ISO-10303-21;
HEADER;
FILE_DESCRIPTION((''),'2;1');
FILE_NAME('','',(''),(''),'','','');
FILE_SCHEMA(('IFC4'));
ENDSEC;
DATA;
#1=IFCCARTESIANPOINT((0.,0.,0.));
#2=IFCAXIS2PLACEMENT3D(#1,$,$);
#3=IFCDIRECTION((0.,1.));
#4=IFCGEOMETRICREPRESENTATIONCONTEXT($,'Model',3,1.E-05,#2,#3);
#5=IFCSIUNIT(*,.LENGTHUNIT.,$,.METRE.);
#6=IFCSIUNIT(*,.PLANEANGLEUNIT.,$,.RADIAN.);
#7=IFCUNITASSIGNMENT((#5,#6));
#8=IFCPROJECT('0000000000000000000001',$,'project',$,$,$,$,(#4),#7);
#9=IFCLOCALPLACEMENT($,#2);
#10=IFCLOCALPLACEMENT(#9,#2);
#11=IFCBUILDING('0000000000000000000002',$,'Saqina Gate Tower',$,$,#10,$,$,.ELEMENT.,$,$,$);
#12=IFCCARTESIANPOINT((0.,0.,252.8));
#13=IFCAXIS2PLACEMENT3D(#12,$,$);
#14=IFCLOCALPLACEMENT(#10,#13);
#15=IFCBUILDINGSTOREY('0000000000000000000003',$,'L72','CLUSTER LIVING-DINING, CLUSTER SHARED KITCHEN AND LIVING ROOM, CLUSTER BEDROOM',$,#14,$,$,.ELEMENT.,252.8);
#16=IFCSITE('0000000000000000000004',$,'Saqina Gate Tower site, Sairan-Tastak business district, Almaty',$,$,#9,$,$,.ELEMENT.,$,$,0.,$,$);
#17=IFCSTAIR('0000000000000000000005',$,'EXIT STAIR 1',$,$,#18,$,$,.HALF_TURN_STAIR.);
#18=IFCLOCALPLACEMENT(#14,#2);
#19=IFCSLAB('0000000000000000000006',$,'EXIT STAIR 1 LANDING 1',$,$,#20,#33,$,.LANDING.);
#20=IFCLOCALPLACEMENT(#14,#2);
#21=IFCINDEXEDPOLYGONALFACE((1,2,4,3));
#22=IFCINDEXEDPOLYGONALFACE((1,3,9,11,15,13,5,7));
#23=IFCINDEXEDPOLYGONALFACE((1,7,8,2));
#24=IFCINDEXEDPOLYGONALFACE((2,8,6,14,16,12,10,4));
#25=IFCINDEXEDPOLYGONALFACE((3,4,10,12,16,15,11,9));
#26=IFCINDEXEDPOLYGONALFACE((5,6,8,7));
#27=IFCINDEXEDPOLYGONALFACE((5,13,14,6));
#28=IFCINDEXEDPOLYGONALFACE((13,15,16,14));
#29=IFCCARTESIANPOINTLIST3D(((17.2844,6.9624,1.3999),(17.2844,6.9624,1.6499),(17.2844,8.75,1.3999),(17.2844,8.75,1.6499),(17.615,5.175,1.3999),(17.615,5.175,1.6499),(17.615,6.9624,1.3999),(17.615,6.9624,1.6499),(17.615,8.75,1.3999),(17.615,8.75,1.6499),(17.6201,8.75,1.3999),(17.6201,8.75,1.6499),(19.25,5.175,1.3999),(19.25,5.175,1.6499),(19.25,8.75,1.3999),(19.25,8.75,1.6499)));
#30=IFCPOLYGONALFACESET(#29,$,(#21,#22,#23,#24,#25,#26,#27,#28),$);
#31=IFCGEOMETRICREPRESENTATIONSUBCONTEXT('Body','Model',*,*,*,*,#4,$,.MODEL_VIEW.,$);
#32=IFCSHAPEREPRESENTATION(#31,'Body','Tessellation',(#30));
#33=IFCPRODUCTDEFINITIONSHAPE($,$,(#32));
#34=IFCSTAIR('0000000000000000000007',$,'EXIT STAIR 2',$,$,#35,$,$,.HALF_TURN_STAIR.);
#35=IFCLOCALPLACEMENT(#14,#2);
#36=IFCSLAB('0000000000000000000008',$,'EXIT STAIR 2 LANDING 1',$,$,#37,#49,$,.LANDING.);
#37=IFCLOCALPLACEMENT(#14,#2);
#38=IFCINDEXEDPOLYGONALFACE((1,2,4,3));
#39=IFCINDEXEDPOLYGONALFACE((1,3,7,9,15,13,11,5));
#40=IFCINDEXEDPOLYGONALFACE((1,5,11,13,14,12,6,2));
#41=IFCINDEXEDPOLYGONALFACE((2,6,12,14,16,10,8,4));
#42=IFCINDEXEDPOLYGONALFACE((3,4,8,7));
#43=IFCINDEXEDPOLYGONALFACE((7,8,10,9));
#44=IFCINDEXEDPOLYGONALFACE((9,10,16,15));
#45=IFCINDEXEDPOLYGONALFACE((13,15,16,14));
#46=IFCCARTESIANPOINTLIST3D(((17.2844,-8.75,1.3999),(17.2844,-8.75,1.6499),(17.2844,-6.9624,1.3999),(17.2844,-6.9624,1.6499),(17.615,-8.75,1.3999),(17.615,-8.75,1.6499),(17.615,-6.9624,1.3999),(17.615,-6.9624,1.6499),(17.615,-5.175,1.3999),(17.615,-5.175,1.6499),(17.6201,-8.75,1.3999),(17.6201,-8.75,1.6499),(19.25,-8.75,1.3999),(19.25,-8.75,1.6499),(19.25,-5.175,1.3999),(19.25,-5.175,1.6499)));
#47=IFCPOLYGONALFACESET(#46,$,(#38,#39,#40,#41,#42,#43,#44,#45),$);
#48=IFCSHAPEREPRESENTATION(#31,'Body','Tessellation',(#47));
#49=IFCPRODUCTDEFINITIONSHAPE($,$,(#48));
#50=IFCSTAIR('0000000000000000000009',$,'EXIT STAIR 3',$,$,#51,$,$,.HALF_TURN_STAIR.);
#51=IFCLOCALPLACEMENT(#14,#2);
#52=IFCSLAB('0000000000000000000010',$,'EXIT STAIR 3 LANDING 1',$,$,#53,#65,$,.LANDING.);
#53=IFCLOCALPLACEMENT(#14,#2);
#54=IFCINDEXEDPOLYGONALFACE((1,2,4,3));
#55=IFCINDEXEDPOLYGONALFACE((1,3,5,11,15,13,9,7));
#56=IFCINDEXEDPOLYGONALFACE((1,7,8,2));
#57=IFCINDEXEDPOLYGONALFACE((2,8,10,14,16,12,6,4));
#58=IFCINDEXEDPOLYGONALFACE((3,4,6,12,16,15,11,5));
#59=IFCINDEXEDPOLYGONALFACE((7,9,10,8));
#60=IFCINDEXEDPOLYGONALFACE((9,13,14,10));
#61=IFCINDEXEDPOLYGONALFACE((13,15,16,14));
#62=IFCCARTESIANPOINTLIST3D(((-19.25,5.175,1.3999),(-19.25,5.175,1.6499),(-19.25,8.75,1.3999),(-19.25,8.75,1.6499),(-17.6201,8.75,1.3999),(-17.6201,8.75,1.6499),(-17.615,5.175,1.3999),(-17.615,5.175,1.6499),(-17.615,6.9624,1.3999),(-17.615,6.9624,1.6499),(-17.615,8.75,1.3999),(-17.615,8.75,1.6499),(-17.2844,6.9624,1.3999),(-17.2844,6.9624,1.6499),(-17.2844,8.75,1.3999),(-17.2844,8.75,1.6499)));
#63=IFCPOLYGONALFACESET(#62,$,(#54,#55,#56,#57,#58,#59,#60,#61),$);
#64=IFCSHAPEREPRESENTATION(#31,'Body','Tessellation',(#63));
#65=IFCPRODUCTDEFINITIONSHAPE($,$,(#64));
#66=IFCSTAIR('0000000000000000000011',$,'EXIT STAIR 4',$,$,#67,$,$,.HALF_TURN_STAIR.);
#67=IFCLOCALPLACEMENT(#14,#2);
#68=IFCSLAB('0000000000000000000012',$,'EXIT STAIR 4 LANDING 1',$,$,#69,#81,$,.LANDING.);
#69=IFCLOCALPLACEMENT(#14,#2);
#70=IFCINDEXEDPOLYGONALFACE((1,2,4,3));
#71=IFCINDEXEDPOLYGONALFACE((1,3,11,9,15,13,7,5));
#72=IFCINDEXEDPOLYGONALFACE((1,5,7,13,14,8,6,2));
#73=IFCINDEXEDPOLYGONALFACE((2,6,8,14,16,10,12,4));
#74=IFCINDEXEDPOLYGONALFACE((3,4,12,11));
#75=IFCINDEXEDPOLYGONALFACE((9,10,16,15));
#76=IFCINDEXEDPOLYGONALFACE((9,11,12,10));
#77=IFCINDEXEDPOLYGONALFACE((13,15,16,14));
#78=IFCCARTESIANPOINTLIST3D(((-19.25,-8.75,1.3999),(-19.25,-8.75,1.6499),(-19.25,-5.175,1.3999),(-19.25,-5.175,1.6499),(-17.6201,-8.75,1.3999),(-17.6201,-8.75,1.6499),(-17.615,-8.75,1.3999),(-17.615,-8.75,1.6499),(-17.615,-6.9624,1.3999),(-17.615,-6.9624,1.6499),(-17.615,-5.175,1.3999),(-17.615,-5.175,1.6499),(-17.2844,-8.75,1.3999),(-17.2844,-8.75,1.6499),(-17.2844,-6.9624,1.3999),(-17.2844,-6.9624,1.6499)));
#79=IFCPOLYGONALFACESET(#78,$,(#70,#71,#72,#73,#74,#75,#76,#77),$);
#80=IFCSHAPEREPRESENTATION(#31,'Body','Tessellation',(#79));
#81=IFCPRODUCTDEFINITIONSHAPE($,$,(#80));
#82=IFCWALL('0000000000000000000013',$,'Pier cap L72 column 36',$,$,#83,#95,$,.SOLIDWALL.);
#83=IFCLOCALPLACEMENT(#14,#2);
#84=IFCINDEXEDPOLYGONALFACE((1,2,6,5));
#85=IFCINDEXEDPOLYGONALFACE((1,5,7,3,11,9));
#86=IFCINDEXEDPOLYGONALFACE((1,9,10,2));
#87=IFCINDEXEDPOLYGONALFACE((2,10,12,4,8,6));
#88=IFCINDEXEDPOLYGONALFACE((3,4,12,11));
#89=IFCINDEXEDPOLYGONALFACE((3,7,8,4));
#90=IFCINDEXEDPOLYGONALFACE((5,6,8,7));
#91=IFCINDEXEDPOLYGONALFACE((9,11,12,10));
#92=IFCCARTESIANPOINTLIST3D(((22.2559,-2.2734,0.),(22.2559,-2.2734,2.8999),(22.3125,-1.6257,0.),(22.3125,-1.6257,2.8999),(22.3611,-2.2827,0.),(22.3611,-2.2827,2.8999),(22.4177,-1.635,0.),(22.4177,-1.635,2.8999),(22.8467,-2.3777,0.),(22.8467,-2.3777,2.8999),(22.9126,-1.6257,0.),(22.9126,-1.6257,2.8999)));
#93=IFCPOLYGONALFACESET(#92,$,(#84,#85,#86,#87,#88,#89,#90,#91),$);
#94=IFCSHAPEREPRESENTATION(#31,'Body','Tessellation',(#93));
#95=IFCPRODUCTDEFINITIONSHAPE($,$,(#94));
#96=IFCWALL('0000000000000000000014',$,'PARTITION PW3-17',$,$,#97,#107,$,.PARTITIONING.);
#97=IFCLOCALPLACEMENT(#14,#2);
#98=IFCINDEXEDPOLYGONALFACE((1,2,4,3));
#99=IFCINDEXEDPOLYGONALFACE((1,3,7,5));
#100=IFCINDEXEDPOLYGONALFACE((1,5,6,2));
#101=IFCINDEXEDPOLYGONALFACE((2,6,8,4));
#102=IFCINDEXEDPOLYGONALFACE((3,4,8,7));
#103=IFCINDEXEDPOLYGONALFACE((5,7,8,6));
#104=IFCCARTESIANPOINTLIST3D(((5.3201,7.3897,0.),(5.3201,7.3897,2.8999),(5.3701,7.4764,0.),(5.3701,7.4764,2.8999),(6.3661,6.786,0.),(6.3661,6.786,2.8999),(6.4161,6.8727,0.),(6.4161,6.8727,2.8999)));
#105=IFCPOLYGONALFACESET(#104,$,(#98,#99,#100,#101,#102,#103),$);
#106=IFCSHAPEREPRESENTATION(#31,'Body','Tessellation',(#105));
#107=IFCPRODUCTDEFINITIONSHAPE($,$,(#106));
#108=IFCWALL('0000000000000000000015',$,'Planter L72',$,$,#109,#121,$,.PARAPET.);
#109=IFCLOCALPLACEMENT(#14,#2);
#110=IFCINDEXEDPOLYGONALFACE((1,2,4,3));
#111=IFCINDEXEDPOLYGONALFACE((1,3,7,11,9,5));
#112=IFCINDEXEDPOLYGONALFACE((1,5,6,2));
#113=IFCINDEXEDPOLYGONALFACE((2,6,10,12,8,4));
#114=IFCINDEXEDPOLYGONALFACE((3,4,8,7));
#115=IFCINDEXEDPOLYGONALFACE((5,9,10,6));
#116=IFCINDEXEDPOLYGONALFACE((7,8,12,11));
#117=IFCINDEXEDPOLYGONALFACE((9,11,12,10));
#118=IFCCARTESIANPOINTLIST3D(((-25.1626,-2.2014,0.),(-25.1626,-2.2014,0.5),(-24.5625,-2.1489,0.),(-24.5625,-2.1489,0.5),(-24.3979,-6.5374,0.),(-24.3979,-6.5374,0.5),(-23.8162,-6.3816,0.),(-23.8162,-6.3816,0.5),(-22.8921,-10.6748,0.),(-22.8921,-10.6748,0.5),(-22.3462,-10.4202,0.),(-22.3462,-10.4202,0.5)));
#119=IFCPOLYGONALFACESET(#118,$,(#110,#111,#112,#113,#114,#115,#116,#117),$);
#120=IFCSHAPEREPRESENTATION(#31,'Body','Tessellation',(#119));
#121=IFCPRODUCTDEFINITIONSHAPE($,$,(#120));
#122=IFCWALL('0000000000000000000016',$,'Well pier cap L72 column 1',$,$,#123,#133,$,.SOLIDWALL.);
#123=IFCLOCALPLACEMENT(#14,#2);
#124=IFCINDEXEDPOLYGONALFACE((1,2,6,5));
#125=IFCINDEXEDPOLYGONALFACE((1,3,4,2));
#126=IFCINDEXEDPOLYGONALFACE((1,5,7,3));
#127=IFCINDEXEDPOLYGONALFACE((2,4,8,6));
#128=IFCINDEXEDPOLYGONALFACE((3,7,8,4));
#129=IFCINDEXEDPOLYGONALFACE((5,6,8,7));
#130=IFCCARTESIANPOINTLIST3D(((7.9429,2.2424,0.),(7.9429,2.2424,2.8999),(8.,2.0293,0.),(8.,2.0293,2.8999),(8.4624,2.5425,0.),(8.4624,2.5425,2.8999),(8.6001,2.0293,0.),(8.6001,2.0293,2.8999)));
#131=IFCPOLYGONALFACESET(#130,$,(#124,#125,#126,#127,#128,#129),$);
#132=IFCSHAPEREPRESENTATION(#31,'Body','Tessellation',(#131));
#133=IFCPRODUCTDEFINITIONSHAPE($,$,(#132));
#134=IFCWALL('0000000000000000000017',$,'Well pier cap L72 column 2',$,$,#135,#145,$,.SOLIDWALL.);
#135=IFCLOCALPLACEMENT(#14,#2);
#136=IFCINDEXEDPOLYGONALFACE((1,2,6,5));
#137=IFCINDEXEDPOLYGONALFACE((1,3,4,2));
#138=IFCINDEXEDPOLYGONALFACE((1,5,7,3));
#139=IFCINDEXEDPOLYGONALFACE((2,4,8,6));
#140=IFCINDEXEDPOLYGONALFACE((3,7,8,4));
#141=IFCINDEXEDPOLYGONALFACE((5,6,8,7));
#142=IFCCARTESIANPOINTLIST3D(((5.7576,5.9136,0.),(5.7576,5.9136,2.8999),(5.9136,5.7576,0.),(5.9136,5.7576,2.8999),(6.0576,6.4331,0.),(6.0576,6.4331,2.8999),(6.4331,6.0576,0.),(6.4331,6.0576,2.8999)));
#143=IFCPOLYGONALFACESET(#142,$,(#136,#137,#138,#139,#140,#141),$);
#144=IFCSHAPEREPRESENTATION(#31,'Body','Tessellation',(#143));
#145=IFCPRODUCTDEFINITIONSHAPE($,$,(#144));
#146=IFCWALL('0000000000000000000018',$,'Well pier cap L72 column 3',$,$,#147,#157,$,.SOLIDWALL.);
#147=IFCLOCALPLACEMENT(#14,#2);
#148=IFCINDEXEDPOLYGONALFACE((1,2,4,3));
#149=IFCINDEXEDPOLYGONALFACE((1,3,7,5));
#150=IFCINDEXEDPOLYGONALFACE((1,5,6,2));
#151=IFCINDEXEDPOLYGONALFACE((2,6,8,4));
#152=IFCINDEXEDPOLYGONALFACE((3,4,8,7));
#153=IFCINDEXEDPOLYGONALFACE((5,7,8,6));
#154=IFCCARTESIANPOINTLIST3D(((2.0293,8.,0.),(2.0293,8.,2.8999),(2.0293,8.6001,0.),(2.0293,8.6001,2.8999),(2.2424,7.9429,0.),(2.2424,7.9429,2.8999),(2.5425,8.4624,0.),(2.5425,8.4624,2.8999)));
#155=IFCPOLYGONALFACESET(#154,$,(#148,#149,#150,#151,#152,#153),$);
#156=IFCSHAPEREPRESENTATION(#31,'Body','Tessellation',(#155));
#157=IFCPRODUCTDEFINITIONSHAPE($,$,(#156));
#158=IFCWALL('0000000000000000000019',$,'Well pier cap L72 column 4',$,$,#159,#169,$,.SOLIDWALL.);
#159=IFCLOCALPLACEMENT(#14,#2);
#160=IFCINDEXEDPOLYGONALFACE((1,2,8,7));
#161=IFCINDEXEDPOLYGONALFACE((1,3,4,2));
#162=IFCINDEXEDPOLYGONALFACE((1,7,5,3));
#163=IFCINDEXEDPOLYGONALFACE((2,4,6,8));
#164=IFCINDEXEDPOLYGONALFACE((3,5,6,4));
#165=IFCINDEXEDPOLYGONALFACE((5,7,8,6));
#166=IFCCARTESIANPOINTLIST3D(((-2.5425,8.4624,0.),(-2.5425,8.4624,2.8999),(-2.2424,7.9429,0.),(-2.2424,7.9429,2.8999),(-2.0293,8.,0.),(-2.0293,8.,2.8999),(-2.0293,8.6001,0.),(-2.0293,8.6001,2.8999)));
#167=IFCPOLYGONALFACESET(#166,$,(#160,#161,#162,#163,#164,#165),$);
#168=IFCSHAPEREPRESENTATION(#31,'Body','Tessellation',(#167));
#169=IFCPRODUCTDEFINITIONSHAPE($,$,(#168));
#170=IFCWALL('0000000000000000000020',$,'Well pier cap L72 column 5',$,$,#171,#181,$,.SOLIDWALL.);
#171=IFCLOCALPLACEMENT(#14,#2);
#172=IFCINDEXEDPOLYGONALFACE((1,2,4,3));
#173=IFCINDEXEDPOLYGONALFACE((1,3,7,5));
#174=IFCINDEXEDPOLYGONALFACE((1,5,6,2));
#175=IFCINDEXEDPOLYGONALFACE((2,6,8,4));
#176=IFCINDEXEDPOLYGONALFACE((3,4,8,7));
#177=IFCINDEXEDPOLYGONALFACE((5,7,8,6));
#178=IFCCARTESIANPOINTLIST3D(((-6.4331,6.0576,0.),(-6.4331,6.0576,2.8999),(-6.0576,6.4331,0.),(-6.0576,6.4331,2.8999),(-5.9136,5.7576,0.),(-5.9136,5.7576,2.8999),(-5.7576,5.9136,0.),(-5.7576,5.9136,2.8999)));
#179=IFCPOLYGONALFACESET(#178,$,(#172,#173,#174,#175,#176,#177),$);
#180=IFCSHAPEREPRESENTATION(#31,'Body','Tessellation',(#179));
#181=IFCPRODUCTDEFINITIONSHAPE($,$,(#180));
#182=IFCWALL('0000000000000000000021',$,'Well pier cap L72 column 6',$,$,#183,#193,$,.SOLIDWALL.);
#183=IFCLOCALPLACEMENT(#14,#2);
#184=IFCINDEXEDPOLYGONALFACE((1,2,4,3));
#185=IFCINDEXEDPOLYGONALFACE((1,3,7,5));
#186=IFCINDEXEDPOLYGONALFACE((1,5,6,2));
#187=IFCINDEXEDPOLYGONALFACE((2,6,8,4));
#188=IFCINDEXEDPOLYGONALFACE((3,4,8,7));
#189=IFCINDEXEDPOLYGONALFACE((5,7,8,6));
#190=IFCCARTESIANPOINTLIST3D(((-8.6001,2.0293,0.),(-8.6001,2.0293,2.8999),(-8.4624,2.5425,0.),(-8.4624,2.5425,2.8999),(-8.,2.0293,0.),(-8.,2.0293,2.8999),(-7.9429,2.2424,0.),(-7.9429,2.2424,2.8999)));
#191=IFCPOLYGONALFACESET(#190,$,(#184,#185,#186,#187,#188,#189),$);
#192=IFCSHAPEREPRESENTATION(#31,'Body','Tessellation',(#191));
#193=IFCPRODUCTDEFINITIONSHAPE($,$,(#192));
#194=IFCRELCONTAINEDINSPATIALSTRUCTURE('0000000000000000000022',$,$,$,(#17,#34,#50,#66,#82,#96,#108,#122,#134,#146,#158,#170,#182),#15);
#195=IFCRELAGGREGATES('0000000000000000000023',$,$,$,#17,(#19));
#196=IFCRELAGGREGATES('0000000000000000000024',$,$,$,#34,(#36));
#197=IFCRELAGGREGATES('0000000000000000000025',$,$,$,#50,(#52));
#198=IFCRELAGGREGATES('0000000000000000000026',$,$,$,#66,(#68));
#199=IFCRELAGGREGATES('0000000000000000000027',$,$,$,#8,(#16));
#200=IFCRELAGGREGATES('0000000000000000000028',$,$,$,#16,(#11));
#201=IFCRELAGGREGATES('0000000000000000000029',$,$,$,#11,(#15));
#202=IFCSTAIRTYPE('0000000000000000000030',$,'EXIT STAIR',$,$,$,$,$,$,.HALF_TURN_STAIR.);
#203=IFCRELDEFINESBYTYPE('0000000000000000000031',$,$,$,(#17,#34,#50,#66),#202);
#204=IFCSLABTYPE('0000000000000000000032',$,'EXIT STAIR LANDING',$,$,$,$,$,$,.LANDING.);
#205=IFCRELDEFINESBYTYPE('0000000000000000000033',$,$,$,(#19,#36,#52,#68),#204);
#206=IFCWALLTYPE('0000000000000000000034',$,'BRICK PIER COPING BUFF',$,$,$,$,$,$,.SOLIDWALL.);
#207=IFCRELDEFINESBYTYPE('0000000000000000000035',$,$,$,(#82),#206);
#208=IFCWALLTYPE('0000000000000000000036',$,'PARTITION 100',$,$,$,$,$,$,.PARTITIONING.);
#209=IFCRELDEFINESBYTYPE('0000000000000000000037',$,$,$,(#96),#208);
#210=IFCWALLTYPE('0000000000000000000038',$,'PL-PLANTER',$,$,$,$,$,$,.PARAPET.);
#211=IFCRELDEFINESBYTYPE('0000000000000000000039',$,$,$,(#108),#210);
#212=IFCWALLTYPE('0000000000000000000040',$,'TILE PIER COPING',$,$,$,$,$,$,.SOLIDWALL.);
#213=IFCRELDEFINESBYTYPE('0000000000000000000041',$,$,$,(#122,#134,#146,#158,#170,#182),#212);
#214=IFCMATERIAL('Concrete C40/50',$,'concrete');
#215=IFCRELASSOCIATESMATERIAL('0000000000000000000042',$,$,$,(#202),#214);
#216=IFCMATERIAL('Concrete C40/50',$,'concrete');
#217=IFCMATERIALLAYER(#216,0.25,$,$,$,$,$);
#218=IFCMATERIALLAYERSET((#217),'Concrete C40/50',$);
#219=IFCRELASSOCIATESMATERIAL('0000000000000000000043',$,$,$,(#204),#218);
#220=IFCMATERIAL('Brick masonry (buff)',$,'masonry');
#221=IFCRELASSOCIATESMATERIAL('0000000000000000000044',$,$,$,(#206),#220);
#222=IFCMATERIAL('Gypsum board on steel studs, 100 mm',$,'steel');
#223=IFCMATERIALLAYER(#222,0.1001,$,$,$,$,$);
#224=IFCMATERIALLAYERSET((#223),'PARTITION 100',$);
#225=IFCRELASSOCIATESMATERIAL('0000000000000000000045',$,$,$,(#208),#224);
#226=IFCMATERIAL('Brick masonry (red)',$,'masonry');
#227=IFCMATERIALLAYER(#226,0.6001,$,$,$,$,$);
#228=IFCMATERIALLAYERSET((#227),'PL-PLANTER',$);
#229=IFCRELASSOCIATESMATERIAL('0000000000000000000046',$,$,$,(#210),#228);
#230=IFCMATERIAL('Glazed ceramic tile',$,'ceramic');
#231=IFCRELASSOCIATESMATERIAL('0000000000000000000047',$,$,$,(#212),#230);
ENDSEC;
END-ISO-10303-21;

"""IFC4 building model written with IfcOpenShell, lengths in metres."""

from ifc_helpers import new_model, si_unit, direction, frame, frame_2d, origin, place, context, subcontext, project, spatial, polyline, rectangle, outline, extrude, material, layer, layer_set, type_object, element, aggregate, save


model = new_model("IFC4")

# Units and contexts
model_context = context("Model", 3, precision=1e-05, world=origin(), true_north=direction((0.0, 1.0)))
body_context = subcontext(model_context, "Body", "Model", "MODEL_VIEW")
ifc_project = project(units=[si_unit("LENGTHUNIT", "METRE"), si_unit("PLANEANGLEUNIT", "RADIAN")], contexts=[model_context])

# Site, building, storey
site_placement = place(None, origin())
site = spatial("IfcSite", under=ifc_project, at=site_placement, Name="Saqina Gate Tower site, Sairan-Tastak business district, Almaty", CompositionType="ELEMENT", RefElevation=0.0)
building_placement = place(site_placement, origin())
building = spatial("IfcBuilding", under=site, at=building_placement, Name="Saqina Gate Tower", CompositionType="ELEMENT")
storey_placement = place(building_placement, frame((0.0, 0.0, 252.8)))
storey = spatial("IfcBuildingStorey", under=building, at=storey_placement, Name="L72", Description="CLUSTER LIVING-DINING, CLUSTER SHARED KITCHEN AND LIVING ROOM, CLUSTER BEDROOM", CompositionType="ELEMENT", Elevation=252.8)

# Stairs, slabs
ifc_material_1 = material(Name="Concrete C40/50", Category="concrete")
stair_type = type_object("IfcStairType", Name="EXIT STAIR", PredefinedType="HALF_TURN_STAIR", material=ifc_material_1)
stair_1_placement = place(storey_placement, origin())
stair_1 = element("IfcStair", 1, at=stair_1_placement, inside=storey, type_object=stair_type, Name="EXIT STAIR 1", PredefinedType="HALF_TURN_STAIR")
ifc_material_2 = material(Name="Concrete C40/50", Category="concrete")
ifc_layer_1 = layer(ifc_material_2, 0.25)
ifc_layer_set_1 = layer_set([ifc_layer_1], Name="Concrete C40/50")
slab_type = type_object("IfcSlabType", Name="EXIT STAIR LANDING", PredefinedType="LANDING", material=ifc_layer_set_1)
slab_1_placement = place(storey_placement, frame((0.0, 0.0, 1.3999)))
slab_1 = element("IfcSlab", 2, at=slab_1_placement, type_object=slab_type, Name="EXIT STAIR 1 LANDING 1", PredefinedType="LANDING", context=body_context, shape_type="SweptSolid", body=[
    extrude(outline(polyline([(19.25, 8.75), (19.25, 5.175), (17.615, 5.175), (17.615, 6.9624), (17.2844, 6.9624), (17.2844, 8.75), (17.615, 8.75), (17.6201, 8.75), (19.25, 8.75)])), origin(), (0.0, 0.0, 1.0), 0.25),
])
aggregate(stair_1, [slab_1])
stair_2_placement = place(storey_placement, origin())
stair_2 = element("IfcStair", 3, at=stair_2_placement, inside=storey, type_object=stair_type, Name="EXIT STAIR 2", PredefinedType="HALF_TURN_STAIR")
slab_2_placement = place(storey_placement, frame((0.0, 0.0, 1.3999)))
slab_2 = element("IfcSlab", 4, at=slab_2_placement, type_object=slab_type, Name="EXIT STAIR 2 LANDING 1", PredefinedType="LANDING", context=body_context, shape_type="SweptSolid", body=[
    extrude(outline(polyline([(17.2844, -8.75), (17.2844, -6.9624), (17.615, -6.9624), (17.615, -5.175), (19.25, -5.175), (19.25, -8.75), (17.6201, -8.75), (17.615, -8.75), (17.2844, -8.75)])), origin(), (0.0, 0.0, 1.0), 0.25),
])
aggregate(stair_2, [slab_2])
stair_3_placement = place(storey_placement, origin())
stair_3 = element("IfcStair", 5, at=stair_3_placement, inside=storey, type_object=stair_type, Name="EXIT STAIR 3", PredefinedType="HALF_TURN_STAIR")
slab_3_placement = place(storey_placement, frame((0.0, 0.0, 1.3999)))
slab_3 = element("IfcSlab", 6, at=slab_3_placement, type_object=slab_type, Name="EXIT STAIR 3 LANDING 1", PredefinedType="LANDING", context=body_context, shape_type="SweptSolid", body=[
    extrude(outline(polyline([(-17.615, 5.175), (-19.25, 5.175), (-19.25, 8.75), (-17.6201, 8.75), (-17.615, 8.75), (-17.2844, 8.75), (-17.2844, 6.9624), (-17.615, 6.9624), (-17.615, 5.175)])), origin(), (0.0, 0.0, 1.0), 0.25),
])
aggregate(stair_3, [slab_3])
stair_4_placement = place(storey_placement, origin())
stair_4 = element("IfcStair", 7, at=stair_4_placement, inside=storey, type_object=stair_type, Name="EXIT STAIR 4", PredefinedType="HALF_TURN_STAIR")
slab_4_placement = place(storey_placement, frame((0.0, 0.0, 1.3999)))
slab_4 = element("IfcSlab", 8, at=slab_4_placement, type_object=slab_type, Name="EXIT STAIR 4 LANDING 1", PredefinedType="LANDING", context=body_context, shape_type="SweptSolid", body=[
    extrude(outline(polyline([(-17.2844, -6.9624), (-17.2844, -8.75), (-17.615, -8.75), (-17.6201, -8.75), (-19.25, -8.75), (-19.25, -5.175), (-17.615, -5.175), (-17.615, -6.9624), (-17.2844, -6.9624)])), origin(), (0.0, 0.0, 1.0), 0.25),
])
aggregate(stair_4, [slab_4])

# Walls
ifc_material_3 = material(Name="Brick masonry (buff)", Category="masonry")
wall_type_1 = type_object("IfcWallType", Name="BRICK PIER COPING BUFF", PredefinedType="SOLIDWALL", material=ifc_material_3)
wall_1_placement = place(storey_placement, origin())
element("IfcWall", 9, at=wall_1_placement, inside=storey, type_object=wall_type_1, Name="Pier cap L72 column 36", PredefinedType="SOLIDWALL", context=body_context, shape_type="SweptSolid", body=[
    extrude(outline(polyline([(22.8467, -2.3777), (22.9126, -1.6257), (22.3125, -1.6257), (22.4177, -1.635), (22.3611, -2.2827), (22.2559, -2.2734), (22.8467, -2.3777)])), origin(), (0.0, 0.0, 1.0), 2.8999),
])
ifc_material_4 = material(Name="Gypsum board on steel studs, 100 mm", Category="steel")
ifc_layer_2 = layer(ifc_material_4, 0.1001)
ifc_layer_set_2 = layer_set([ifc_layer_2], Name="PARTITION 100")
wall_type_2 = type_object("IfcWallType", Name="PARTITION 100", PredefinedType="PARTITIONING", material=ifc_layer_set_2)
wall_2_placement = place(storey_placement, frame((5.345, 7.4331, 0.0), z_axis=(0.0, 0.0, 1.0), x_axis=(0.866108, -0.499857, 0.0)))
element("IfcWall", 10, at=wall_2_placement, inside=storey, type_object=wall_type_2, Name="PARTITION PW3-17", PredefinedType="PARTITIONING", context=body_context, shape_type="SweptSolid", body=[
    extrude(rectangle(XDim=1.2078, YDim=0.1001, at=frame_2d((0.604, 0.0))), origin(), (0.0, 0.0, 1.0), 2.8999),
])
ifc_material_5 = material(Name="Brick masonry (red)", Category="masonry")
ifc_layer_3 = layer(ifc_material_5, 0.6001)
ifc_layer_set_3 = layer_set([ifc_layer_3], Name="PL-PLANTER")
wall_type_3 = type_object("IfcWallType", Name="PL-PLANTER", PredefinedType="PARAPET", material=ifc_layer_set_3)
wall_3_placement = place(storey_placement, origin())
element("IfcWall", 11, at=wall_3_placement, inside=storey, type_object=wall_type_3, Name="Planter L72", PredefinedType="PARAPET", context=body_context, shape_type="SweptSolid", body=[
    extrude(outline(polyline([(-25.1626, -2.2014), (-24.3979, -6.5374), (-22.8921, -10.6748), (-22.3462, -10.4202), (-23.8162, -6.3816), (-24.5625, -2.1489), (-25.1626, -2.2014)])), origin(), (0.0, 0.0, 1.0), 0.5),
])
ifc_material_6 = material(Name="Glazed ceramic tile", Category="ceramic")
wall_type_4 = type_object("IfcWallType", Name="TILE PIER COPING", PredefinedType="SOLIDWALL", material=ifc_material_6)
wall_4_placement = place(storey_placement, origin())
element("IfcWall", 12, at=wall_4_placement, inside=storey, type_object=wall_type_4, Name="Well pier cap L72 column 1", PredefinedType="SOLIDWALL", context=body_context, shape_type="SweptSolid", body=[
    extrude(outline(polyline([(8.4624, 2.5425), (7.9429, 2.2424), (8.0, 2.0293), (8.6001, 2.0293), (8.4624, 2.5425)])), origin(), (0.0, 0.0, 1.0), 2.8999),
])
wall_5_placement = place(storey_placement, origin())
element("IfcWall", 13, at=wall_5_placement, inside=storey, type_object=wall_type_4, Name="Well pier cap L72 column 2", PredefinedType="SOLIDWALL", context=body_context, shape_type="SweptSolid", body=[
    extrude(outline(polyline([(6.0576, 6.4331), (5.7576, 5.9136), (5.9136, 5.7576), (6.4331, 6.0576), (6.0576, 6.4331)])), origin(), (0.0, 0.0, 1.0), 2.8999),
])
wall_6_placement = place(storey_placement, origin())
element("IfcWall", 14, at=wall_6_placement, inside=storey, type_object=wall_type_4, Name="Well pier cap L72 column 3", PredefinedType="SOLIDWALL", context=body_context, shape_type="SweptSolid", body=[
    extrude(outline(polyline([(2.0293, 8.6001), (2.0293, 8.0), (2.2424, 7.9429), (2.5425, 8.4624), (2.0293, 8.6001)])), origin(), (0.0, 0.0, 1.0), 2.8999),
])
wall_7_placement = place(storey_placement, origin())
element("IfcWall", 15, at=wall_7_placement, inside=storey, type_object=wall_type_4, Name="Well pier cap L72 column 4", PredefinedType="SOLIDWALL", context=body_context, shape_type="SweptSolid", body=[
    extrude(outline(polyline([(-2.5425, 8.4624), (-2.2424, 7.9429), (-2.0293, 8.0), (-2.0293, 8.6001), (-2.5425, 8.4624)])), origin(), (0.0, 0.0, 1.0), 2.8999),
])
wall_8_placement = place(storey_placement, origin())
element("IfcWall", 16, at=wall_8_placement, inside=storey, type_object=wall_type_4, Name="Well pier cap L72 column 5", PredefinedType="SOLIDWALL", context=body_context, shape_type="SweptSolid", body=[
    extrude(outline(polyline([(-6.4331, 6.0576), (-5.9136, 5.7576), (-5.7576, 5.9136), (-6.0576, 6.4331), (-6.4331, 6.0576)])), origin(), (0.0, 0.0, 1.0), 2.8999),
])
wall_9_placement = place(storey_placement, origin())
element("IfcWall", 17, at=wall_9_placement, inside=storey, type_object=wall_type_4, Name="Well pier cap L72 column 6", PredefinedType="SOLIDWALL", context=body_context, shape_type="SweptSolid", body=[
    extrude(outline(polyline([(-8.6001, 2.0293), (-8.0, 2.0293), (-7.9429, 2.2424), (-8.4624, 2.5425), (-8.6001, 2.0293)])), origin(), (0.0, 0.0, 1.0), 2.8999),
])

save(model, "model.ifc")
